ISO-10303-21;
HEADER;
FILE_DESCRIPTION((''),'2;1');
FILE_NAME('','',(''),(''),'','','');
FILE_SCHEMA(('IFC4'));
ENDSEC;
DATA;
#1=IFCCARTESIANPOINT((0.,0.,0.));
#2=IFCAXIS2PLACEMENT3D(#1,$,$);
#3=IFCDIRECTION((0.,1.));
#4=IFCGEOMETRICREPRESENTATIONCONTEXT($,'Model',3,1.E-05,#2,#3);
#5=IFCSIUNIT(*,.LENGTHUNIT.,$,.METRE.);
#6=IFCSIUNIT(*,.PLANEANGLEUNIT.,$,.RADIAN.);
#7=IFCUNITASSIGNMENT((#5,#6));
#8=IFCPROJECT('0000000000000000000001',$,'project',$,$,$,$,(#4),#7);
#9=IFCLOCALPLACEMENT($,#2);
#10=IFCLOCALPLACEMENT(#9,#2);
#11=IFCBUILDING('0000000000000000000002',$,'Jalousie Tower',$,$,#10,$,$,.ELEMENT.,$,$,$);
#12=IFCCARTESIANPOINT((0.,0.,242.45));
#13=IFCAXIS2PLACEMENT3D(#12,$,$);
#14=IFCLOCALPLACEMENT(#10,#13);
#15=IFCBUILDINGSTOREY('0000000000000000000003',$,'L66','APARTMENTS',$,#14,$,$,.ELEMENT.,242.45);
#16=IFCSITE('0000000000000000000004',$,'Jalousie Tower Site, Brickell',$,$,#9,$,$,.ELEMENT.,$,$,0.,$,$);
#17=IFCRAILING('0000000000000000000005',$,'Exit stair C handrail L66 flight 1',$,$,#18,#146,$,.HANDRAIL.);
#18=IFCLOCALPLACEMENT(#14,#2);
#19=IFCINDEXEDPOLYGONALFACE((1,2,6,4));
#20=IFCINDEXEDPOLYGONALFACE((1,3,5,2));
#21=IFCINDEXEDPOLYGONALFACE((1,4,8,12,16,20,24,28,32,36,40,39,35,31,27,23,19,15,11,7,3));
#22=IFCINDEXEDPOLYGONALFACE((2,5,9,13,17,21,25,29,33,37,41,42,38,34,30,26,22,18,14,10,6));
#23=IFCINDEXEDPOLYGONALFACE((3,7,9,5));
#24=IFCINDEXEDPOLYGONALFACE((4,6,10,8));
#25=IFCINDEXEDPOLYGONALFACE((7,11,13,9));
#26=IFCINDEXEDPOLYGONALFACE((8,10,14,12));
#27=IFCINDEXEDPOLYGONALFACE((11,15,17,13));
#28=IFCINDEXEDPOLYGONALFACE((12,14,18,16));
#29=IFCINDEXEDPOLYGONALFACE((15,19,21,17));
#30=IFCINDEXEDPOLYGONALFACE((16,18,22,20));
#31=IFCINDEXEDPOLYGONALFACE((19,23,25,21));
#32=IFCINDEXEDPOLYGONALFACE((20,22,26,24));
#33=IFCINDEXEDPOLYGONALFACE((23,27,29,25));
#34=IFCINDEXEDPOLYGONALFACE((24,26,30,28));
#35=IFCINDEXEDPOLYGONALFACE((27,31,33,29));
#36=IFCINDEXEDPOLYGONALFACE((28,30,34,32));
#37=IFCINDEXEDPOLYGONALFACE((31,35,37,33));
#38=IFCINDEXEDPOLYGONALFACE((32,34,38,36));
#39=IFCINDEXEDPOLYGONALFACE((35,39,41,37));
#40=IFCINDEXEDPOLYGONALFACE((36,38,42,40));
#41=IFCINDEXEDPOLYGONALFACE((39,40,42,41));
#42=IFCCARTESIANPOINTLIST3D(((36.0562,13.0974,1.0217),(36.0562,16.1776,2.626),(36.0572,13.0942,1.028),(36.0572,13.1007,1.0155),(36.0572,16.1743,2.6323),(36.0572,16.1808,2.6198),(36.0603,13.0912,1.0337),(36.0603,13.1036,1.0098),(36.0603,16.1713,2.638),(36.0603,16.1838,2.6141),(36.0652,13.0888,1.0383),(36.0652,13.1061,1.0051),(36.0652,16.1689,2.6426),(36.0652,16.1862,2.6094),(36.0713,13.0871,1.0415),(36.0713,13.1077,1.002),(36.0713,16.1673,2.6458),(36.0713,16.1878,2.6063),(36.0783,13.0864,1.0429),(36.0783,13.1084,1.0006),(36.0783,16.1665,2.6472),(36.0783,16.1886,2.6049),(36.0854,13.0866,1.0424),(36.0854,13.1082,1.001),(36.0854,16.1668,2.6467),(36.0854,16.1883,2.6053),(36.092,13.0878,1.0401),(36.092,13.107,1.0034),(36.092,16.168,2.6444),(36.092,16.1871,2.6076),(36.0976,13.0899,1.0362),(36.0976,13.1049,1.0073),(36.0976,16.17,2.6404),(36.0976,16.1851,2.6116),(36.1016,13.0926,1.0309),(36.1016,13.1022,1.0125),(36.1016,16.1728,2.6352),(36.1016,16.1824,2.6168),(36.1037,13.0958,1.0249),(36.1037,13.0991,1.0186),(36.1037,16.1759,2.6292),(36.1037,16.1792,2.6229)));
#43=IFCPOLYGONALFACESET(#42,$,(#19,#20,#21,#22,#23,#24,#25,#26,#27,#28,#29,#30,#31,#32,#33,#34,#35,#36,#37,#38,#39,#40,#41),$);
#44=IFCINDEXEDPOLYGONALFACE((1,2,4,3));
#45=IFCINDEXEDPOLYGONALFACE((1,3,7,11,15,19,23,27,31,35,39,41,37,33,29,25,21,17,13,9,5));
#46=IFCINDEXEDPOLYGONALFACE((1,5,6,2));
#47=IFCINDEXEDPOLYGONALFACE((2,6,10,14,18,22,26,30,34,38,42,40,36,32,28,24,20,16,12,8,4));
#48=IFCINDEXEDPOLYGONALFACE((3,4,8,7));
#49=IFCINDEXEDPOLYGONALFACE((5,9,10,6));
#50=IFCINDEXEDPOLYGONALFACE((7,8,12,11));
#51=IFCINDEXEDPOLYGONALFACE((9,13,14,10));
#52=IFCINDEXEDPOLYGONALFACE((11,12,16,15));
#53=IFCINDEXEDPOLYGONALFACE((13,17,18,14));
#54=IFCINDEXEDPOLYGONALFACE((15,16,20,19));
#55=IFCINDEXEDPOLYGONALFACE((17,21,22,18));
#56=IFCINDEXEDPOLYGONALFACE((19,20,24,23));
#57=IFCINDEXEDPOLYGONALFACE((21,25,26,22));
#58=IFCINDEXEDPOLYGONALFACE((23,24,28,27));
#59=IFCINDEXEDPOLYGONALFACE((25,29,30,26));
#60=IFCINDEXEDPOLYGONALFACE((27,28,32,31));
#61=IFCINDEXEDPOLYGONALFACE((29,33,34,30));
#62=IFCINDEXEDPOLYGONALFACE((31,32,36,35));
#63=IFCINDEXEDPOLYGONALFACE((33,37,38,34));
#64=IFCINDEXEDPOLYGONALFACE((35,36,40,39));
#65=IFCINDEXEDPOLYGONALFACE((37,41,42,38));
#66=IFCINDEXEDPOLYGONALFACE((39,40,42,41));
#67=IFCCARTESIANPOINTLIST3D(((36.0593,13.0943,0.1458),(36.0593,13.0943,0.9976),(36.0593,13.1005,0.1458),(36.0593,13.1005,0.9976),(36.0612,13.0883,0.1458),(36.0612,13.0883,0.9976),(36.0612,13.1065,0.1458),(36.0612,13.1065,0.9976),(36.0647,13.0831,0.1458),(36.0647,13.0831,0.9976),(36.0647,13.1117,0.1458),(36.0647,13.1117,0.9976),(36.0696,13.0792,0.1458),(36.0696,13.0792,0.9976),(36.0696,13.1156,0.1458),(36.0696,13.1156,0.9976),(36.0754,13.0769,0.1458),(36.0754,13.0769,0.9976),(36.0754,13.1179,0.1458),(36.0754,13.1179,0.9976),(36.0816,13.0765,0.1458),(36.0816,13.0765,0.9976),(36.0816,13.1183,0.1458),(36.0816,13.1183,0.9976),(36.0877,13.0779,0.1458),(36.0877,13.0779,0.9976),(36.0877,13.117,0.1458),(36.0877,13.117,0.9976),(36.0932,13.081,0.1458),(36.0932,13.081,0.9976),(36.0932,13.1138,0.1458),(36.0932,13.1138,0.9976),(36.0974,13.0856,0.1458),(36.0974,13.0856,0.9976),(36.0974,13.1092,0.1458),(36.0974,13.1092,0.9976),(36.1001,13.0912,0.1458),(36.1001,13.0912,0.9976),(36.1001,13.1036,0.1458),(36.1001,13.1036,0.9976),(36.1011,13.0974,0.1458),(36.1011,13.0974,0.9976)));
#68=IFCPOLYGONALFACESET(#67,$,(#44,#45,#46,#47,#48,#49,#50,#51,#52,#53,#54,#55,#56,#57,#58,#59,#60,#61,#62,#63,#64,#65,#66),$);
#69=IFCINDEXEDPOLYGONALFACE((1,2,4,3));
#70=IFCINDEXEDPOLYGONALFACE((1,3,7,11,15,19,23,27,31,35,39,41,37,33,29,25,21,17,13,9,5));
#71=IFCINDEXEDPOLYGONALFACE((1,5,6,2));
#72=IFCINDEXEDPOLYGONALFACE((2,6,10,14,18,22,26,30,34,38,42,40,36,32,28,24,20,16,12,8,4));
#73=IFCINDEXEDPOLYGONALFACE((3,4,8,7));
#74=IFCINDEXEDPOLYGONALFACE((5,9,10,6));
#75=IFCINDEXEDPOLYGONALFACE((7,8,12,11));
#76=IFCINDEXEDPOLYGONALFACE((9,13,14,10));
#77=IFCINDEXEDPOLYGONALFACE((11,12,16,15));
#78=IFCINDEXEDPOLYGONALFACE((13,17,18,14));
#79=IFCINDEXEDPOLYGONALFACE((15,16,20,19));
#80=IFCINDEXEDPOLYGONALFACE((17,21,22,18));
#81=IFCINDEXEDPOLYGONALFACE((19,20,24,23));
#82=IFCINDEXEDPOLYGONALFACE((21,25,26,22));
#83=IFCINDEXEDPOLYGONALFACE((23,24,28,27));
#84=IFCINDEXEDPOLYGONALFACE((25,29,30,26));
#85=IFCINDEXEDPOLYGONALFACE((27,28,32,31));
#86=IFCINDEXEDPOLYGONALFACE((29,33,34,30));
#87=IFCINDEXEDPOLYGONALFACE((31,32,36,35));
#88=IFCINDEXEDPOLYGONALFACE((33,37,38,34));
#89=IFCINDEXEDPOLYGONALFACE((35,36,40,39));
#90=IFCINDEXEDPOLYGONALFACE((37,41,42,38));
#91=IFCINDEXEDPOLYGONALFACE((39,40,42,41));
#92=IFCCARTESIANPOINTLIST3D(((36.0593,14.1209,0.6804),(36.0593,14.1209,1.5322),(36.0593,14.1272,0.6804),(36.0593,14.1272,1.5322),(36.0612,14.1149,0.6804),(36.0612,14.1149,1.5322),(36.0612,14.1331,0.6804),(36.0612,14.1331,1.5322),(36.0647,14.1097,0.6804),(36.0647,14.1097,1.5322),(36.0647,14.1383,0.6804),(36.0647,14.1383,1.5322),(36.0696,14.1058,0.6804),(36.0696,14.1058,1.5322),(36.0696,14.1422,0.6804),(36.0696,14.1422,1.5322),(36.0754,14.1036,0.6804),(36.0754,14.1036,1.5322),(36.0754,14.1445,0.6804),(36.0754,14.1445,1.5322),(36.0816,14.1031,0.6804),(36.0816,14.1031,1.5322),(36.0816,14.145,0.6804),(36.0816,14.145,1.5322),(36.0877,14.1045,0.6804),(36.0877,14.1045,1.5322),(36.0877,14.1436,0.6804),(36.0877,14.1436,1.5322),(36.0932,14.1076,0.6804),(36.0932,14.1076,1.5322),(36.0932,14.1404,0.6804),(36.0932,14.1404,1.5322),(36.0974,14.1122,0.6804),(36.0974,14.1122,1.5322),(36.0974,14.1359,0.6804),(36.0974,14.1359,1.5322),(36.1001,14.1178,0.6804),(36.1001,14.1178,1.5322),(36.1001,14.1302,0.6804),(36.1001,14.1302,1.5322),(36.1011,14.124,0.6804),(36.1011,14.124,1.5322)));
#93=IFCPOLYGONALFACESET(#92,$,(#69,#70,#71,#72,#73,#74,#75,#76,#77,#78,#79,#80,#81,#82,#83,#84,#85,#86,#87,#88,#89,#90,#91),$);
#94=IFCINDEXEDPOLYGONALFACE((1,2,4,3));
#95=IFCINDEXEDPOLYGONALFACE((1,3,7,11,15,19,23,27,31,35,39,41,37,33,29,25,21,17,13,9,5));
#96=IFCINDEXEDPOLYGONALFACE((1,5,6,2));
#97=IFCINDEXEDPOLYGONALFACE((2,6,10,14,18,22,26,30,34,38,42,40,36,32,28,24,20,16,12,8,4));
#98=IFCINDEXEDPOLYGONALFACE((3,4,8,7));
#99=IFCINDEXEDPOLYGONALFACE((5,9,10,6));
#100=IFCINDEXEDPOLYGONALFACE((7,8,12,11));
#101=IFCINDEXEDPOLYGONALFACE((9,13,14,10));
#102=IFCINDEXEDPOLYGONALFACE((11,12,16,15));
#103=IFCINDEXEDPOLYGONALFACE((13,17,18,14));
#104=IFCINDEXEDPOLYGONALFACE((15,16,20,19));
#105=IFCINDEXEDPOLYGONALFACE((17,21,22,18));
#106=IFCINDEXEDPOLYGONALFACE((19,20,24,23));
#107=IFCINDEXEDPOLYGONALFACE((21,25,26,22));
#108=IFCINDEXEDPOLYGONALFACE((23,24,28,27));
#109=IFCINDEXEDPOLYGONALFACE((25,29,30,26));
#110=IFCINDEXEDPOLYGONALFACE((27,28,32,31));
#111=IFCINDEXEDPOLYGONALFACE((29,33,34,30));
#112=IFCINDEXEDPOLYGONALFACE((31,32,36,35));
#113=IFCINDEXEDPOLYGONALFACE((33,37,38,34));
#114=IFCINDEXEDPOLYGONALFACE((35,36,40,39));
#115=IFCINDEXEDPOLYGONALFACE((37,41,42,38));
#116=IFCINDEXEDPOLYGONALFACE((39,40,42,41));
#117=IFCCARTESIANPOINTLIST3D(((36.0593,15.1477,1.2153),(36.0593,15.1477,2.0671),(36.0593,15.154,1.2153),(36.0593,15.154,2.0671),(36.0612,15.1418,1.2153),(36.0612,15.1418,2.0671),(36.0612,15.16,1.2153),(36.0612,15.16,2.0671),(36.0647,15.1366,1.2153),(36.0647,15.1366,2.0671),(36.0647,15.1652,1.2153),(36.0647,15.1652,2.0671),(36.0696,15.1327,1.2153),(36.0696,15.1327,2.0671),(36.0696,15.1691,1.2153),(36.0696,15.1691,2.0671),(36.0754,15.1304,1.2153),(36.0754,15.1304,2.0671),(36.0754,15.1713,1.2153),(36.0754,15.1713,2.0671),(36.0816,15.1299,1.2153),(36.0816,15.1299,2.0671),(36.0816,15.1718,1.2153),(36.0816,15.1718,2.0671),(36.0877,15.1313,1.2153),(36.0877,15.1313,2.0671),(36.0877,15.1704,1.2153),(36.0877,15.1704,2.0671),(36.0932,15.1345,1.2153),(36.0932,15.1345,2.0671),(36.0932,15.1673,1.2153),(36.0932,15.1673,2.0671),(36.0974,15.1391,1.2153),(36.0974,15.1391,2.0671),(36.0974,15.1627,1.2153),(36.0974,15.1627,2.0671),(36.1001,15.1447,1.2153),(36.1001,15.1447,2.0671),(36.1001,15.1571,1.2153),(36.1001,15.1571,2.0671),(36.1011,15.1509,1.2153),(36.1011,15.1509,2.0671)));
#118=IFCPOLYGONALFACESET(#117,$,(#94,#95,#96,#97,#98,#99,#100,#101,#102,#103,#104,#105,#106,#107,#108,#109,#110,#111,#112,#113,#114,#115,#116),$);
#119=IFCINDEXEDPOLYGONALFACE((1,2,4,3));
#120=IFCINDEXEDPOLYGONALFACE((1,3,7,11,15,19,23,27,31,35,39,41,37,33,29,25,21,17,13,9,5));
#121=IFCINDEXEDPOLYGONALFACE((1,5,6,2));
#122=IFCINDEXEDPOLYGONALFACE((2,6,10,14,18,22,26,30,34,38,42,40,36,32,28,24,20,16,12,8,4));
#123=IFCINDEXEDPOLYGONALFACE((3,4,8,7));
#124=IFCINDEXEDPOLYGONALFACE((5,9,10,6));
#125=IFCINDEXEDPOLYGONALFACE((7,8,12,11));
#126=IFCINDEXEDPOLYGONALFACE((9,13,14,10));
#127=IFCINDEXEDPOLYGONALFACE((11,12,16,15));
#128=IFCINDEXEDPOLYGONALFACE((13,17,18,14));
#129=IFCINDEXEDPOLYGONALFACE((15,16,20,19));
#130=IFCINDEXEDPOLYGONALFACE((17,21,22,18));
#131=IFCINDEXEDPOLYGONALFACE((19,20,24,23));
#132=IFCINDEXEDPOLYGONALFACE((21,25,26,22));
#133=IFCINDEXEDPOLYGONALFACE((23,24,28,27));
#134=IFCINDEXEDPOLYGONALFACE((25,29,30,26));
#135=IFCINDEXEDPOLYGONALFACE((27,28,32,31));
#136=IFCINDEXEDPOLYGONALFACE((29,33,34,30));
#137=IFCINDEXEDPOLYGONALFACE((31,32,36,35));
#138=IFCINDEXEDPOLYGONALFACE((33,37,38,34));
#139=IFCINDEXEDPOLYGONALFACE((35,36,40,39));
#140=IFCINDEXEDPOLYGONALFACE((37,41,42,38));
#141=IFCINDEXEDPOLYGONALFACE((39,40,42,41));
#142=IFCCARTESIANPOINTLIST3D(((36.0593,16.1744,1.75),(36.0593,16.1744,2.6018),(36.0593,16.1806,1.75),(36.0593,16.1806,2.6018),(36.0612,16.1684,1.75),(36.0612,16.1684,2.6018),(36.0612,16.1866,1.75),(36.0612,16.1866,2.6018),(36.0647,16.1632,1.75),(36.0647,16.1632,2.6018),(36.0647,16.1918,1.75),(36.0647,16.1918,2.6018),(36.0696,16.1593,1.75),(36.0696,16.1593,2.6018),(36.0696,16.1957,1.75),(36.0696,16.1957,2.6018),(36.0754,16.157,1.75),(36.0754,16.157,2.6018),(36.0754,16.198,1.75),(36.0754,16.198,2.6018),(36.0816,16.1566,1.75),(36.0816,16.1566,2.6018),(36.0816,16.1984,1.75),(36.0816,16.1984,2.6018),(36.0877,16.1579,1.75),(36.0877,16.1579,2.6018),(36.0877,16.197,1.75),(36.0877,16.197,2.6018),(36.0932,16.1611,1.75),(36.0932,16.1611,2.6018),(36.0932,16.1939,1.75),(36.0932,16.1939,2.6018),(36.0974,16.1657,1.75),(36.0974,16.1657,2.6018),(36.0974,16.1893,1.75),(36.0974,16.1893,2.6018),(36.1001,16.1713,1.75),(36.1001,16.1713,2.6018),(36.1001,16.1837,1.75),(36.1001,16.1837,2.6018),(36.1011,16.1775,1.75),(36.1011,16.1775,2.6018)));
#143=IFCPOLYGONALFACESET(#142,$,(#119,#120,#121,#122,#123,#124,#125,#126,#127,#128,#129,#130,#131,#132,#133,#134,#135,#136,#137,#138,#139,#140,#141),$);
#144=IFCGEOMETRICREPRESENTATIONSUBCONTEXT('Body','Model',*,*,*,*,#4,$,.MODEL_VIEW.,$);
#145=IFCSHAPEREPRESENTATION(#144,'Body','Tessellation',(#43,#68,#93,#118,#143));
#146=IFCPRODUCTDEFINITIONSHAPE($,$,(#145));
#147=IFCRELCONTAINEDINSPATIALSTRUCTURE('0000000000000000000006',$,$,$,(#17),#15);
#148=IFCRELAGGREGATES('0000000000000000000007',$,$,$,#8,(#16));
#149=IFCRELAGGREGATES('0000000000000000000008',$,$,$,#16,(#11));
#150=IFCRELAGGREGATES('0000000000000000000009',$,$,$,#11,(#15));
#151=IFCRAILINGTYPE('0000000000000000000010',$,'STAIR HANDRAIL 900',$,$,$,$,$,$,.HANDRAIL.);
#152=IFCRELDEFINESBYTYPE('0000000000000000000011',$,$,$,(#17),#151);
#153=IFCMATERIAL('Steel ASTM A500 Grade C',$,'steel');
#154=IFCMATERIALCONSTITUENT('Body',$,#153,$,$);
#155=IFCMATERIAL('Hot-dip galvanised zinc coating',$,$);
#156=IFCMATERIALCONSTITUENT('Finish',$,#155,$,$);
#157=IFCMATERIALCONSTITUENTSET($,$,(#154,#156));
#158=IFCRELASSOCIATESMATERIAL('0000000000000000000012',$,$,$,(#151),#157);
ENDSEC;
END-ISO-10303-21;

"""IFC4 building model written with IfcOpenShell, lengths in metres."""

from ifc_helpers import new_model, si_unit, direction, frame, origin, origin_2d, place, context, subcontext, project, spatial, circle, extrude, material, constituent, constituent_set, type_object, element, save


model = new_model("IFC4")

# Units and contexts
model_context = context("Model", 3, precision=1e-05, world=origin(), true_north=direction((0.0, 1.0)))
body_context = subcontext(model_context, "Body", "Model", "MODEL_VIEW")
ifc_project = project(units=[si_unit("LENGTHUNIT", "METRE"), si_unit("PLANEANGLEUNIT", "RADIAN")], contexts=[model_context])

# Site, building, storey
site_placement = place(None, origin())
site = spatial("IfcSite", under=ifc_project, at=site_placement, Name="Jalousie Tower Site, Brickell", CompositionType="ELEMENT", RefElevation=0.0)
building_placement = place(site_placement, origin())
building = spatial("IfcBuilding", under=site, at=building_placement, Name="Jalousie Tower", CompositionType="ELEMENT")
storey_placement = place(building_placement, frame((0.0, 0.0, 242.45)))
storey = spatial("IfcBuildingStorey", under=building, at=storey_placement, Name="L66", Description="APARTMENTS", CompositionType="ELEMENT", Elevation=242.45)

# Railing
ifc_material_1 = material(Name="Steel ASTM A500 Grade C", Category="steel")
ifc_constituent_1 = constituent(ifc_material_1, Name="Body")
ifc_material_2 = material(Name="Hot-dip galvanised zinc coating")
ifc_constituent_2 = constituent(ifc_material_2, Name="Finish")
ifc_constituent_set_1 = constituent_set(constituents=[ifc_constituent_1, ifc_constituent_2])
railing_type = type_object("IfcRailingType", Name="STAIR HANDRAIL 900", PredefinedType="HANDRAIL", material=ifc_constituent_set_1)
railing_placement = place(storey_placement, frame((36.0801, 13.0974, 0.1458)))
element("IfcRailing", 1, at=railing_placement, inside=storey, type_object=railing_type, Name="Exit stair C handrail L66 flight 1", PredefinedType="HANDRAIL", context=body_context, shape_type="SweptSolid", body=[
    extrude(circle(Radius=0.0239, at=origin_2d()), frame((0.0, 0.0, 0.876), z_axis=(0.0, 0.886909, 0.461944), x_axis=(-1.0, 0.0, 0.0)), (0.0, 0.0, 1.0), 3.4729),
    extrude(circle(Radius=0.021, at=origin_2d()), origin(), (0.0, 0.0, 1.0), 0.8518),
    extrude(circle(Radius=0.021, at=origin_2d()), frame((0.0, 1.0266, 0.5347)), (0.0, 0.0, 1.0), 0.8518),
    extrude(circle(Radius=0.021, at=origin_2d()), frame((0.0, 2.0535, 1.0696)), (0.0, 0.0, 1.0), 0.8518),
    extrude(circle(Radius=0.021, at=origin_2d()), frame((0.0, 3.0801, 1.6042)), (0.0, 0.0, 1.0), 0.8518),
])

save(model, "model.ifc")
